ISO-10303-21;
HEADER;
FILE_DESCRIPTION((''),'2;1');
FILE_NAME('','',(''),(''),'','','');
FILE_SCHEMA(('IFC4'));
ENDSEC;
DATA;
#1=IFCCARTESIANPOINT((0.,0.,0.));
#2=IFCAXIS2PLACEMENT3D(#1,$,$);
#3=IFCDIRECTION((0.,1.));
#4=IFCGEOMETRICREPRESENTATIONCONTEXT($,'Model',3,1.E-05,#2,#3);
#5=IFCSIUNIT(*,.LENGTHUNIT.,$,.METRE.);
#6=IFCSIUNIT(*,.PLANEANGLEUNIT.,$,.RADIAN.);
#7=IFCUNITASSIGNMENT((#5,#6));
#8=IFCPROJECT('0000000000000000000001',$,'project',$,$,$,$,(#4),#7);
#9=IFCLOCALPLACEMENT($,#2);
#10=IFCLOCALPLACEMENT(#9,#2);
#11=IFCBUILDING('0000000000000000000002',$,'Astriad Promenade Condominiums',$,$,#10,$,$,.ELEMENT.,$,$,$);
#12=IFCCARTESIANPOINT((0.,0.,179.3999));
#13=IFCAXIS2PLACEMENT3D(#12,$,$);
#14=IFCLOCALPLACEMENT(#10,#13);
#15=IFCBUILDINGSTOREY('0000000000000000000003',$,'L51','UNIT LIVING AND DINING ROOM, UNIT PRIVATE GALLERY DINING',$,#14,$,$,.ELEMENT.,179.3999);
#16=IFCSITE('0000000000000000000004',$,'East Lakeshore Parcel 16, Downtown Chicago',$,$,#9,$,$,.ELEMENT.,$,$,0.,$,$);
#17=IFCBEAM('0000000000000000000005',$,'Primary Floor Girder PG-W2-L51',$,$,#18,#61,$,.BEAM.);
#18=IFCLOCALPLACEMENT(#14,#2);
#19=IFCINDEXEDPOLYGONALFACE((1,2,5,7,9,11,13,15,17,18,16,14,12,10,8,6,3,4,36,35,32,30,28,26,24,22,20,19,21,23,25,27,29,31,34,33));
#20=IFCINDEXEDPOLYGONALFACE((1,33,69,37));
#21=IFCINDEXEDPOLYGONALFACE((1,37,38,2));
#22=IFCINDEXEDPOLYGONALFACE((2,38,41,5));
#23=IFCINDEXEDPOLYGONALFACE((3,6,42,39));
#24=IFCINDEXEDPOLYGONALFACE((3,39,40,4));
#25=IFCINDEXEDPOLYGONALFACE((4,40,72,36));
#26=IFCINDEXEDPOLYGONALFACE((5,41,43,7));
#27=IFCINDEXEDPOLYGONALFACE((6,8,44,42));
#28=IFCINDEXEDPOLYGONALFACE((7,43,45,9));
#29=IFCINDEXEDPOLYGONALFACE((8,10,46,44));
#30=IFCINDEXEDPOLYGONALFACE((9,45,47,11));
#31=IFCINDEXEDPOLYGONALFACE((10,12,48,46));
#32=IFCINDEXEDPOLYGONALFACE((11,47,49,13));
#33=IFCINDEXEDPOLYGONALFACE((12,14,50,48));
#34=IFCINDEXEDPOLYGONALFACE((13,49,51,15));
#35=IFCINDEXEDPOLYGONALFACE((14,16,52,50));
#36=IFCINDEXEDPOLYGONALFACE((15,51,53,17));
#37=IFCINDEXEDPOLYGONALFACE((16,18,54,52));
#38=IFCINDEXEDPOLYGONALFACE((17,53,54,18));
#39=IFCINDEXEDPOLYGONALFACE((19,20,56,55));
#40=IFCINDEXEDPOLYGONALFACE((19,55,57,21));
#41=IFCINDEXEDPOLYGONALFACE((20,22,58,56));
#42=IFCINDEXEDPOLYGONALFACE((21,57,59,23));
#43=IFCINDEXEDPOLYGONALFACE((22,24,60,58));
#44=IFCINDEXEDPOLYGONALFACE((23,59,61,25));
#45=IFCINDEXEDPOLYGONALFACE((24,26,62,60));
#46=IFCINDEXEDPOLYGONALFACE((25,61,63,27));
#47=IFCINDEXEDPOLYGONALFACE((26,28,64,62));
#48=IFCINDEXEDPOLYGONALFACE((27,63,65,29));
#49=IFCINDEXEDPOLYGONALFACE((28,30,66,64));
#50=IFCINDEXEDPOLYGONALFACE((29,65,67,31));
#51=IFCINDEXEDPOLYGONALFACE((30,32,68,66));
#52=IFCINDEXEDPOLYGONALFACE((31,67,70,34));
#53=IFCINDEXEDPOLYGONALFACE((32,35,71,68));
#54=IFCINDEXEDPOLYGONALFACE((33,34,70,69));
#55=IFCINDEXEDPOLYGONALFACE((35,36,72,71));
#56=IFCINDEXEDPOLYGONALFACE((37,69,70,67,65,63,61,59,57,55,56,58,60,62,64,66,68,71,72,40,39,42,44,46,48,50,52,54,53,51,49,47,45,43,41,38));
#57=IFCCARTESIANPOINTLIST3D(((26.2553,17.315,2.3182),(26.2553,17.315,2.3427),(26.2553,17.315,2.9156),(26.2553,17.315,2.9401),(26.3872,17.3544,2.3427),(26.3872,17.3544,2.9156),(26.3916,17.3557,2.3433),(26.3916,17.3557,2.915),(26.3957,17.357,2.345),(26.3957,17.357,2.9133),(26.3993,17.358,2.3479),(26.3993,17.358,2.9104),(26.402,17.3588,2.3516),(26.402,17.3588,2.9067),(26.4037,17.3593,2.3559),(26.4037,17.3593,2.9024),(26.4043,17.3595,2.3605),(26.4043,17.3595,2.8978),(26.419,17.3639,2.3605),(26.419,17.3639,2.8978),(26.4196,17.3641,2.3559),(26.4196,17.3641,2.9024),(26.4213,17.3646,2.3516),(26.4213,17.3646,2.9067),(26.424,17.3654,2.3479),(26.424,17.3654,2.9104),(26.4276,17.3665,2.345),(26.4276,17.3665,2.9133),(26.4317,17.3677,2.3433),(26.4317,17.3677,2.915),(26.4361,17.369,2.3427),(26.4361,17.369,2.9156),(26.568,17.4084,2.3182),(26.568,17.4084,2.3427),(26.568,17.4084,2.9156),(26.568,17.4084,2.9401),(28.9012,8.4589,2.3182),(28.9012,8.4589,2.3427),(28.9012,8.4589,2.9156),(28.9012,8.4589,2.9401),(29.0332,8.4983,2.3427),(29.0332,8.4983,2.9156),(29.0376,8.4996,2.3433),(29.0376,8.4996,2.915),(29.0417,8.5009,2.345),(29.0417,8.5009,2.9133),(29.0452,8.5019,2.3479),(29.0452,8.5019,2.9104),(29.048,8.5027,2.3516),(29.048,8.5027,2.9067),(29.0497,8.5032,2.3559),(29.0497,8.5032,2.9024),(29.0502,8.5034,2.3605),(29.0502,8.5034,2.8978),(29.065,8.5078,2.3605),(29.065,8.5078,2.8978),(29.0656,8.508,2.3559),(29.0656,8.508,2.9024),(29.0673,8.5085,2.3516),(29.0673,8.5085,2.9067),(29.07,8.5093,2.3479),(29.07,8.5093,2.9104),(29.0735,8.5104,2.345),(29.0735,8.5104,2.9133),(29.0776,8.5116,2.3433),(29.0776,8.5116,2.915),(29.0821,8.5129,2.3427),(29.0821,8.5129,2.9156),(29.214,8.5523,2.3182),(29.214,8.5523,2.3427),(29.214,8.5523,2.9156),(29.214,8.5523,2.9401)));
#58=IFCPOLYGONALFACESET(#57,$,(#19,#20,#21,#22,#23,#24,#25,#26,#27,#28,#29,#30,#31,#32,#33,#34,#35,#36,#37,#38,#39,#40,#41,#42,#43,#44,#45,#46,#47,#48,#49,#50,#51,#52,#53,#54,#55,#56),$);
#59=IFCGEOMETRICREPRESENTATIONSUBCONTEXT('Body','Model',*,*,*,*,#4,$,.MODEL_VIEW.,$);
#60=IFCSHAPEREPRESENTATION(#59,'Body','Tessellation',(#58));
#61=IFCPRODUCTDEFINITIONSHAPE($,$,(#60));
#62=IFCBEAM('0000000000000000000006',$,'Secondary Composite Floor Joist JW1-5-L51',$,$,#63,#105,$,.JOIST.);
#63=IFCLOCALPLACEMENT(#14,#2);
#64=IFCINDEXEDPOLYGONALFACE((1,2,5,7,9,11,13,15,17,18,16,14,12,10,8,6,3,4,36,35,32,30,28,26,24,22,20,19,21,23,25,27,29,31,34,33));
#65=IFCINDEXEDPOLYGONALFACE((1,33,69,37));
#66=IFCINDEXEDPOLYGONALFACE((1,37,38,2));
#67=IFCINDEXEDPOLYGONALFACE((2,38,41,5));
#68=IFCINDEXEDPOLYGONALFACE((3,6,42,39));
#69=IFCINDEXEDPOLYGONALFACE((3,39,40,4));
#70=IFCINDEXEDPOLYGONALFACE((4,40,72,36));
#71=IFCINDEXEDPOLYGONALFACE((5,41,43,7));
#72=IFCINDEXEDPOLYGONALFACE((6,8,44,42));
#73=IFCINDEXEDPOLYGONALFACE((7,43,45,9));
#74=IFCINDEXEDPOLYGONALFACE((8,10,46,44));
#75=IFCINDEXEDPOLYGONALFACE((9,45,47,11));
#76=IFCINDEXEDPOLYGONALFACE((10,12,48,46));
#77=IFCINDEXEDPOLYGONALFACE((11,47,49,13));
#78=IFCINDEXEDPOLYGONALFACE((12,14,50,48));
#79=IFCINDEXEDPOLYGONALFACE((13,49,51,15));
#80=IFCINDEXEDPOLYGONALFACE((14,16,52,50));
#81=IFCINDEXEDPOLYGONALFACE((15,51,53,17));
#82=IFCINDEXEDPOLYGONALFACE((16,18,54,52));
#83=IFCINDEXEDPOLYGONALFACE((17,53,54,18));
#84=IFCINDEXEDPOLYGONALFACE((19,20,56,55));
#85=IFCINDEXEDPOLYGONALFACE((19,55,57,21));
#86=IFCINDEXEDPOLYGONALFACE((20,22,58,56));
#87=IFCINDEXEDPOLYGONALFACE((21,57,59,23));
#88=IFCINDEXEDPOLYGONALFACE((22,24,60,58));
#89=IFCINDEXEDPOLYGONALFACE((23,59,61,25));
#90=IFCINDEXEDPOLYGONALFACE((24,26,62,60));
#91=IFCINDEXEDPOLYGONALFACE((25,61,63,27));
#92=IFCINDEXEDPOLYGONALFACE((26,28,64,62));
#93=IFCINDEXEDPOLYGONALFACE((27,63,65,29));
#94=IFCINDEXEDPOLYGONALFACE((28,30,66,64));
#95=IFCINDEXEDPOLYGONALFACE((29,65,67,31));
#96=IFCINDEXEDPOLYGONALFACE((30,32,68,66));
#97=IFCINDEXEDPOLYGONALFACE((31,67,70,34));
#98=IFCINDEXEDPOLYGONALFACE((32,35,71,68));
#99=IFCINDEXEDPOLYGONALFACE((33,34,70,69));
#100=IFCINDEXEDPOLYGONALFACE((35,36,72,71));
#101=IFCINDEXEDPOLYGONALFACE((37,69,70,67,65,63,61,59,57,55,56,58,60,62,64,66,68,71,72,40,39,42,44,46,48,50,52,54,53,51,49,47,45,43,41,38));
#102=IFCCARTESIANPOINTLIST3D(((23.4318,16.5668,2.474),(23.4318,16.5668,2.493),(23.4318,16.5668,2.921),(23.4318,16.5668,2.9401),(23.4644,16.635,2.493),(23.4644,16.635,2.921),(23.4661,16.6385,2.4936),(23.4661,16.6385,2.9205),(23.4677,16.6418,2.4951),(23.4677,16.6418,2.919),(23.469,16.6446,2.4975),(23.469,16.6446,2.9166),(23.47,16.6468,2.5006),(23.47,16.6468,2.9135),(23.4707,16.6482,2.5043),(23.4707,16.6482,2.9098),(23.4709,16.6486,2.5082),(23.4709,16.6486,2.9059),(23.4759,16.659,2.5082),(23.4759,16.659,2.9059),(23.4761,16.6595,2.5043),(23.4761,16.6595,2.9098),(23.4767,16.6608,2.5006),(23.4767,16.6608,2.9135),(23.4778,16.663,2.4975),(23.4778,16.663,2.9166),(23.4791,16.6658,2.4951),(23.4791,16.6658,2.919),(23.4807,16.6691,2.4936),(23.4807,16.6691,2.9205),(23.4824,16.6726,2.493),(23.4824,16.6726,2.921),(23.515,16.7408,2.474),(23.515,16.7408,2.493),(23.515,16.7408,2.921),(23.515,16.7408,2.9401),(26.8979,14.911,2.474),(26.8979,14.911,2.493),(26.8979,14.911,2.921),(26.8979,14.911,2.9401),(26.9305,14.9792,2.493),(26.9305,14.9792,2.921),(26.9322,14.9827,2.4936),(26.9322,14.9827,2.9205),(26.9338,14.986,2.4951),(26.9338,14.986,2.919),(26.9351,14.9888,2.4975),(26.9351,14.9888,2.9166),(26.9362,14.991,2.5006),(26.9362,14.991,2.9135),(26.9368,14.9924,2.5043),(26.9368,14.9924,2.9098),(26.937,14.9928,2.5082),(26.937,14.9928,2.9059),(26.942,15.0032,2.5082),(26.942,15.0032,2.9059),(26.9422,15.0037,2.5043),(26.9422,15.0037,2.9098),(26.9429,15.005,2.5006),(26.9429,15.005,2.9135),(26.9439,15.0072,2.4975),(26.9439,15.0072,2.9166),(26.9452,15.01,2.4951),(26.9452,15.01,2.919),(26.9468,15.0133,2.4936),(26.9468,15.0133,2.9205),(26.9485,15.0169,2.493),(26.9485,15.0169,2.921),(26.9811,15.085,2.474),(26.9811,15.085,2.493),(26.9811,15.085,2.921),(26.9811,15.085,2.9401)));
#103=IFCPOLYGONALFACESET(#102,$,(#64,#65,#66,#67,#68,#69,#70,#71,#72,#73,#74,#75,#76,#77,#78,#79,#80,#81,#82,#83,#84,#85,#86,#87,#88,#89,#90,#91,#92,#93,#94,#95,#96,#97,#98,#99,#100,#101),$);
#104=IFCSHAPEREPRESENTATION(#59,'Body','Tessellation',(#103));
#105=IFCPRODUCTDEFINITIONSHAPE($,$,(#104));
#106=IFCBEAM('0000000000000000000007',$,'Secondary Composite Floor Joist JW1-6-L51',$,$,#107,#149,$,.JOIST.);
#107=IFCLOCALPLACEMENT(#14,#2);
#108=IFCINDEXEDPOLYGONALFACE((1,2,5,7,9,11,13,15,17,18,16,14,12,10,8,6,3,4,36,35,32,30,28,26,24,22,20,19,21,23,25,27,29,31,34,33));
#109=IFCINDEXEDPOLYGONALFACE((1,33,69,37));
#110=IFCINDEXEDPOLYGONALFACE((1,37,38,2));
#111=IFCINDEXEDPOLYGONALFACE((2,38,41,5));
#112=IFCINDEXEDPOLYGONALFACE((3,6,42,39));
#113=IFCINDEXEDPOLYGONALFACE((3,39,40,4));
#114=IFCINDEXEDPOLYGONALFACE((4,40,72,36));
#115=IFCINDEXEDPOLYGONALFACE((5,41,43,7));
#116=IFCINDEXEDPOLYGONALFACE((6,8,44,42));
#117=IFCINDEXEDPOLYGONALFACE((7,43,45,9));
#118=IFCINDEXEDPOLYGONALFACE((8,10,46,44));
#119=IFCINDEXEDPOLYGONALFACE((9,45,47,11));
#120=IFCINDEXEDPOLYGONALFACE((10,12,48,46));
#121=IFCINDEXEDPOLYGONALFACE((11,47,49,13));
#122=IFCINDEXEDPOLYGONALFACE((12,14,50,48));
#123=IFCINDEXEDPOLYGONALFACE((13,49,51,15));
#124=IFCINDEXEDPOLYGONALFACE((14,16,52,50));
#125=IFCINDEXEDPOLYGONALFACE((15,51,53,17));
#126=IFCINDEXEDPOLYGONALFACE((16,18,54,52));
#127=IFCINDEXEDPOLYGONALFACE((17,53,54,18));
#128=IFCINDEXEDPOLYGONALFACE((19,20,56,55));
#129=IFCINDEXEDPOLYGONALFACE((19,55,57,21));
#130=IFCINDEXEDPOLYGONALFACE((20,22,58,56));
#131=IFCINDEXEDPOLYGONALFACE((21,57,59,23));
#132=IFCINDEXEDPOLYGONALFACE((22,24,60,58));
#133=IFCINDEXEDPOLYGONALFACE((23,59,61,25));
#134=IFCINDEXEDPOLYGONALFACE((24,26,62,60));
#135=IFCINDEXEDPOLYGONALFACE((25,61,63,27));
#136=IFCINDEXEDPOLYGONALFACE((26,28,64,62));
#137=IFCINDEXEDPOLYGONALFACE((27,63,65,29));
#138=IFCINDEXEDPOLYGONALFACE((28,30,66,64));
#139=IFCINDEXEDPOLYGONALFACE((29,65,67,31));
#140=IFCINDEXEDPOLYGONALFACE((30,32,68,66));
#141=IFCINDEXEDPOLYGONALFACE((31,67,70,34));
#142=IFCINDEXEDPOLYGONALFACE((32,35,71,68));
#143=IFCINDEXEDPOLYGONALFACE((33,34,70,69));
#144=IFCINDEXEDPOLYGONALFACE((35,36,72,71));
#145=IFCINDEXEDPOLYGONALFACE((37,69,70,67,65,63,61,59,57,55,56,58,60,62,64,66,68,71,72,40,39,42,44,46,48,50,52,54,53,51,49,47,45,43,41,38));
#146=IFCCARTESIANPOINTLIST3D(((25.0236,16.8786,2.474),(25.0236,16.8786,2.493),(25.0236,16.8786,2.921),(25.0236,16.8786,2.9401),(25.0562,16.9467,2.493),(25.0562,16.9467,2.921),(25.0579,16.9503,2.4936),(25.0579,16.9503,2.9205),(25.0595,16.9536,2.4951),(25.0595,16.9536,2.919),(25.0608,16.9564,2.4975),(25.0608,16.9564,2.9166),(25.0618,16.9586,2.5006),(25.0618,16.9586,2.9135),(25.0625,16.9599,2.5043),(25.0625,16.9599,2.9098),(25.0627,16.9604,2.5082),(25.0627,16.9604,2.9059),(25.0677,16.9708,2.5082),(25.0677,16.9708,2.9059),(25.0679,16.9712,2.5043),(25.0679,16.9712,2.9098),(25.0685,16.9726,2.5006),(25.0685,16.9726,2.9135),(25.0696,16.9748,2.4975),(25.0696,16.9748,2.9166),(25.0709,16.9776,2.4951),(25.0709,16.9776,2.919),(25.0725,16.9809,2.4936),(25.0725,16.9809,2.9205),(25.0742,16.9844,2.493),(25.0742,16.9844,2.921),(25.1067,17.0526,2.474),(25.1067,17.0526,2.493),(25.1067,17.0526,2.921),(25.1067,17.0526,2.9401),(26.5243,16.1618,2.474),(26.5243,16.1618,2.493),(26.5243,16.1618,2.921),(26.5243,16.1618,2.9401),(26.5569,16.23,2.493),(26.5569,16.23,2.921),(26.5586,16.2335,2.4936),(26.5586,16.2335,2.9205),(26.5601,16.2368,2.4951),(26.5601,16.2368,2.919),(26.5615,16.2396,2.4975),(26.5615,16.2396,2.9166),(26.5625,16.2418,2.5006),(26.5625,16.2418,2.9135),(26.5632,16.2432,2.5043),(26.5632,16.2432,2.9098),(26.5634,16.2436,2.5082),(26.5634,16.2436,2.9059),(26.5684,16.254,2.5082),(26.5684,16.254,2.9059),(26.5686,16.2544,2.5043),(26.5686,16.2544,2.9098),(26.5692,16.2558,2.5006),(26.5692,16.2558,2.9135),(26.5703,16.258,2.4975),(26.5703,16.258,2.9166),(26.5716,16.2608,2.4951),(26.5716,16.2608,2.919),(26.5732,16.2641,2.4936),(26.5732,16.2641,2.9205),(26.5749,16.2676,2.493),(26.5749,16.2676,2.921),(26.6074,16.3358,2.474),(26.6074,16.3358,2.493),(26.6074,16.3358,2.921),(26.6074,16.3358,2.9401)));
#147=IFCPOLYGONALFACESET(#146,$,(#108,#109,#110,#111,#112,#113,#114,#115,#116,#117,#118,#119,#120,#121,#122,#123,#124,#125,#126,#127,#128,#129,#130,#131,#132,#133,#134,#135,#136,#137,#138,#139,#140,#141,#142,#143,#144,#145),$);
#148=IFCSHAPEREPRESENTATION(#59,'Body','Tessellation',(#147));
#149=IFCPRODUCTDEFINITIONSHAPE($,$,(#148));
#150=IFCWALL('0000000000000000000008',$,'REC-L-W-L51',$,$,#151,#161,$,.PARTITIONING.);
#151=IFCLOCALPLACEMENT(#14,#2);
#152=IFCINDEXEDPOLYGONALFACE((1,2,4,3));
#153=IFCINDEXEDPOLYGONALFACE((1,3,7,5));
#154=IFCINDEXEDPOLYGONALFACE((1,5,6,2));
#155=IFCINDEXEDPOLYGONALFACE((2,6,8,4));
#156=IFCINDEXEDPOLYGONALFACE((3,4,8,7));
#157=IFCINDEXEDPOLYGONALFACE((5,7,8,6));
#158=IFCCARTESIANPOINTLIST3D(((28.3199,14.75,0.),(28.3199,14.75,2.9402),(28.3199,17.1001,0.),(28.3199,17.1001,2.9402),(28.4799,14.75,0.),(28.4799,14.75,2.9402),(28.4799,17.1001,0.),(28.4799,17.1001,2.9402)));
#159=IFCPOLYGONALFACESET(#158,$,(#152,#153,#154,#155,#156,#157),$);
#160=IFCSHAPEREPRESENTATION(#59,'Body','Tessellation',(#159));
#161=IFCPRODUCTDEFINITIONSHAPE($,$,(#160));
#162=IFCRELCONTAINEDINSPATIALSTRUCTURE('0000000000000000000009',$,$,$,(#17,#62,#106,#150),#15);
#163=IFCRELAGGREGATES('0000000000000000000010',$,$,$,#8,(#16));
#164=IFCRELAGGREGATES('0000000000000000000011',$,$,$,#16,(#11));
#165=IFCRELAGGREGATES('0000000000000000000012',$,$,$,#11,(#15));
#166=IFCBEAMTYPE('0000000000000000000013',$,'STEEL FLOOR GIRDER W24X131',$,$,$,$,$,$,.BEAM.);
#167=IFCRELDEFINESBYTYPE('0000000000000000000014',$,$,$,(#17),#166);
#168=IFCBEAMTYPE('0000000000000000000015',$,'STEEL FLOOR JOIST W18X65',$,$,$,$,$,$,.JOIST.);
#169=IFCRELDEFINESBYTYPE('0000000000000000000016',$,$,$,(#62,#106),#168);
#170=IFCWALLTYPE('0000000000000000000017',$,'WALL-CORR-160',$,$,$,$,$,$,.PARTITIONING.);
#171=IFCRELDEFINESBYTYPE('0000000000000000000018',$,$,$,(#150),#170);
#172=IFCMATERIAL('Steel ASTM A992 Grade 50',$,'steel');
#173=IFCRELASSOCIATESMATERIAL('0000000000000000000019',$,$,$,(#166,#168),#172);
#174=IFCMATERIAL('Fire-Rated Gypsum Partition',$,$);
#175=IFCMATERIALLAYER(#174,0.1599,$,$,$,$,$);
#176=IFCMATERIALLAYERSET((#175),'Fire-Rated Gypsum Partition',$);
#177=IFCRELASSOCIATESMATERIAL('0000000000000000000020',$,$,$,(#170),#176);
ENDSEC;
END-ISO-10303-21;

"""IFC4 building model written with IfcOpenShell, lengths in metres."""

from ifc_helpers import new_model, si_unit, direction, frame, frame_2d, origin, origin_2d, place, context, subcontext, project, spatial, rectangle, i_section, extrude, source, transform, mapped, material, layer, layer_set, material_profile, profile_set, type_object, type_shapes, element, save


model = new_model("IFC4")

# Units and contexts
model_context = context("Model", 3, precision=1e-05, world=origin(), true_north=direction((0.0, 1.0)))
body_context = subcontext(model_context, "Body", "Model", "MODEL_VIEW")
ifc_project = project(units=[si_unit("LENGTHUNIT", "METRE"), si_unit("PLANEANGLEUNIT", "RADIAN")], contexts=[model_context])

# Site, building, storey
site_placement = place(None, origin())
site = spatial("IfcSite", under=ifc_project, at=site_placement, Name="East Lakeshore Parcel 16, Downtown Chicago", CompositionType="ELEMENT", RefElevation=0.0)
building_placement = place(site_placement, origin())
building = spatial("IfcBuilding", under=site, at=building_placement, Name="Astriad Promenade Condominiums", CompositionType="ELEMENT")
storey_placement = place(building_placement, frame((0.0, 0.0, 179.3999)))
storey = spatial("IfcBuildingStorey", under=building, at=storey_placement, Name="L51", Description="UNIT LIVING AND DINING ROOM, UNIT PRIVATE GALLERY DINING", CompositionType="ELEMENT", Elevation=179.3999)

# Shared definitions
ifc_material_1 = material(Name="Steel ASTM A992 Grade 50", Category="steel")

# Beams
ifc_material_profile_1 = material_profile(ifc_material_1, i_section(OverallWidth=0.3264, OverallDepth=0.6218, WebThickness=0.0154, FlangeThickness=0.0244, FilletRadius=0.0178, at=origin_2d()), Name="W24X131")
ifc_profile_set_1 = profile_set([ifc_material_profile_1], Name="Steel ASTM A992 Grade 50")
beam_type_1 = type_object("IfcBeamType", Name="STEEL FLOOR GIRDER W24X131", PredefinedType="BEAM", material=ifc_profile_set_1)
shared_shape_1 = source(origin(), body_context, "Body", "SweptSolid", [
    extrude(i_section(OverallWidth=0.3264, OverallDepth=0.6218, WebThickness=0.0154, FlangeThickness=0.0244, FilletRadius=0.0178, at=origin_2d()), origin(), (0.0, 0.0, 1.0), 9.2429),
])
type_shapes(beam_type_1, [shared_shape_1])
beam_1_placement = place(storey_placement, frame((29.0576, 8.5056, 2.6292), z_axis=(-0.286269, 0.958149, 0.0), x_axis=(-0.958149, -0.286269, 0.0)))
element("IfcBeam", 1, at=beam_1_placement, inside=storey, type_object=beam_type_1, Name="Primary Floor Girder PG-W2-L51", PredefinedType="BEAM", context=body_context, shape_type="MappedRepresentation", body=[
    mapped(shared_shape_1, transform((0.0, 0.0, 0.0), scale=1.0)),
])
ifc_material_profile_2 = material_profile(ifc_material_1, i_section(OverallWidth=0.1929, OverallDepth=0.4661, WebThickness=0.0115, FlangeThickness=0.019, FilletRadius=0.0151, at=origin_2d()), Name="W18X65")
ifc_profile_set_2 = profile_set([ifc_material_profile_2], Name="Steel ASTM A992 Grade 50")
beam_type_2 = type_object("IfcBeamType", Name="STEEL FLOOR JOIST W18X65", PredefinedType="JOIST", material=ifc_profile_set_2)
shared_shape_2 = source(origin(), body_context, "Body", "SweptSolid", [
    extrude(i_section(OverallWidth=0.1929, OverallDepth=0.4661, WebThickness=0.0115, FlangeThickness=0.019, FilletRadius=0.0151, at=origin_2d()), origin(), (0.0, 0.0, 1.0), 3.8413),
])
beam_2_placement = place(storey_placement, frame((23.4734, 16.6538, 2.707), z_axis=(0.902329, -0.431048, 0.0), x_axis=(0.431048, 0.902329, 0.0)))
element("IfcBeam", 2, at=beam_2_placement, inside=storey, type_object=beam_type_2, Name="Secondary Composite Floor Joist JW1-5-L51", PredefinedType="JOIST", context=body_context, shape_type="MappedRepresentation", body=[
    mapped(shared_shape_2, transform((0.0, 0.0, 0.0), scale=1.0)),
])
shared_shape_3 = source(origin(), body_context, "Body", "SweptSolid", [
    extrude(i_section(OverallWidth=0.1929, OverallDepth=0.4661, WebThickness=0.0115, FlangeThickness=0.019, FilletRadius=0.0151, at=origin_2d()), origin(), (0.0, 0.0, 1.0), 1.6631),
])
type_shapes(beam_type_2, [shared_shape_2, shared_shape_3])
beam_3_placement = place(storey_placement, frame((25.0652, 16.9656, 2.707), z_axis=(0.902355, -0.430993, 0.0), x_axis=(0.430993, 0.902355, 0.0)))
element("IfcBeam", 3, at=beam_3_placement, inside=storey, type_object=beam_type_2, Name="Secondary Composite Floor Joist JW1-6-L51", PredefinedType="JOIST", context=body_context, shape_type="MappedRepresentation", body=[
    mapped(shared_shape_3, transform((0.0, 0.0, 0.0), scale=1.0)),
])

# Wall
ifc_material_2 = material(Name="Fire-Rated Gypsum Partition")
ifc_layer_1 = layer(ifc_material_2, 0.1599)
ifc_layer_set_1 = layer_set([ifc_layer_1], Name="Fire-Rated Gypsum Partition")
wall_type_1 = type_object("IfcWallType", Name="WALL-CORR-160", PredefinedType="PARTITIONING", material=ifc_layer_set_1)
wall_1_placement = place(storey_placement, frame((28.3999, 14.75, 0.0), z_axis=(0.0, 0.0, 1.0), x_axis=(0.0, 1.0, 0.0)))
element("IfcWall", 4, at=wall_1_placement, inside=storey, type_object=wall_type_1, Name="REC-L-W-L51", PredefinedType="PARTITIONING", context=body_context, shape_type="SweptSolid", body=[
    extrude(rectangle(XDim=2.3501, YDim=0.1599, at=frame_2d((1.175, 0.0))), origin(), (0.0, 0.0, 1.0), 2.9402),
])

save(model, "model.ifc")
